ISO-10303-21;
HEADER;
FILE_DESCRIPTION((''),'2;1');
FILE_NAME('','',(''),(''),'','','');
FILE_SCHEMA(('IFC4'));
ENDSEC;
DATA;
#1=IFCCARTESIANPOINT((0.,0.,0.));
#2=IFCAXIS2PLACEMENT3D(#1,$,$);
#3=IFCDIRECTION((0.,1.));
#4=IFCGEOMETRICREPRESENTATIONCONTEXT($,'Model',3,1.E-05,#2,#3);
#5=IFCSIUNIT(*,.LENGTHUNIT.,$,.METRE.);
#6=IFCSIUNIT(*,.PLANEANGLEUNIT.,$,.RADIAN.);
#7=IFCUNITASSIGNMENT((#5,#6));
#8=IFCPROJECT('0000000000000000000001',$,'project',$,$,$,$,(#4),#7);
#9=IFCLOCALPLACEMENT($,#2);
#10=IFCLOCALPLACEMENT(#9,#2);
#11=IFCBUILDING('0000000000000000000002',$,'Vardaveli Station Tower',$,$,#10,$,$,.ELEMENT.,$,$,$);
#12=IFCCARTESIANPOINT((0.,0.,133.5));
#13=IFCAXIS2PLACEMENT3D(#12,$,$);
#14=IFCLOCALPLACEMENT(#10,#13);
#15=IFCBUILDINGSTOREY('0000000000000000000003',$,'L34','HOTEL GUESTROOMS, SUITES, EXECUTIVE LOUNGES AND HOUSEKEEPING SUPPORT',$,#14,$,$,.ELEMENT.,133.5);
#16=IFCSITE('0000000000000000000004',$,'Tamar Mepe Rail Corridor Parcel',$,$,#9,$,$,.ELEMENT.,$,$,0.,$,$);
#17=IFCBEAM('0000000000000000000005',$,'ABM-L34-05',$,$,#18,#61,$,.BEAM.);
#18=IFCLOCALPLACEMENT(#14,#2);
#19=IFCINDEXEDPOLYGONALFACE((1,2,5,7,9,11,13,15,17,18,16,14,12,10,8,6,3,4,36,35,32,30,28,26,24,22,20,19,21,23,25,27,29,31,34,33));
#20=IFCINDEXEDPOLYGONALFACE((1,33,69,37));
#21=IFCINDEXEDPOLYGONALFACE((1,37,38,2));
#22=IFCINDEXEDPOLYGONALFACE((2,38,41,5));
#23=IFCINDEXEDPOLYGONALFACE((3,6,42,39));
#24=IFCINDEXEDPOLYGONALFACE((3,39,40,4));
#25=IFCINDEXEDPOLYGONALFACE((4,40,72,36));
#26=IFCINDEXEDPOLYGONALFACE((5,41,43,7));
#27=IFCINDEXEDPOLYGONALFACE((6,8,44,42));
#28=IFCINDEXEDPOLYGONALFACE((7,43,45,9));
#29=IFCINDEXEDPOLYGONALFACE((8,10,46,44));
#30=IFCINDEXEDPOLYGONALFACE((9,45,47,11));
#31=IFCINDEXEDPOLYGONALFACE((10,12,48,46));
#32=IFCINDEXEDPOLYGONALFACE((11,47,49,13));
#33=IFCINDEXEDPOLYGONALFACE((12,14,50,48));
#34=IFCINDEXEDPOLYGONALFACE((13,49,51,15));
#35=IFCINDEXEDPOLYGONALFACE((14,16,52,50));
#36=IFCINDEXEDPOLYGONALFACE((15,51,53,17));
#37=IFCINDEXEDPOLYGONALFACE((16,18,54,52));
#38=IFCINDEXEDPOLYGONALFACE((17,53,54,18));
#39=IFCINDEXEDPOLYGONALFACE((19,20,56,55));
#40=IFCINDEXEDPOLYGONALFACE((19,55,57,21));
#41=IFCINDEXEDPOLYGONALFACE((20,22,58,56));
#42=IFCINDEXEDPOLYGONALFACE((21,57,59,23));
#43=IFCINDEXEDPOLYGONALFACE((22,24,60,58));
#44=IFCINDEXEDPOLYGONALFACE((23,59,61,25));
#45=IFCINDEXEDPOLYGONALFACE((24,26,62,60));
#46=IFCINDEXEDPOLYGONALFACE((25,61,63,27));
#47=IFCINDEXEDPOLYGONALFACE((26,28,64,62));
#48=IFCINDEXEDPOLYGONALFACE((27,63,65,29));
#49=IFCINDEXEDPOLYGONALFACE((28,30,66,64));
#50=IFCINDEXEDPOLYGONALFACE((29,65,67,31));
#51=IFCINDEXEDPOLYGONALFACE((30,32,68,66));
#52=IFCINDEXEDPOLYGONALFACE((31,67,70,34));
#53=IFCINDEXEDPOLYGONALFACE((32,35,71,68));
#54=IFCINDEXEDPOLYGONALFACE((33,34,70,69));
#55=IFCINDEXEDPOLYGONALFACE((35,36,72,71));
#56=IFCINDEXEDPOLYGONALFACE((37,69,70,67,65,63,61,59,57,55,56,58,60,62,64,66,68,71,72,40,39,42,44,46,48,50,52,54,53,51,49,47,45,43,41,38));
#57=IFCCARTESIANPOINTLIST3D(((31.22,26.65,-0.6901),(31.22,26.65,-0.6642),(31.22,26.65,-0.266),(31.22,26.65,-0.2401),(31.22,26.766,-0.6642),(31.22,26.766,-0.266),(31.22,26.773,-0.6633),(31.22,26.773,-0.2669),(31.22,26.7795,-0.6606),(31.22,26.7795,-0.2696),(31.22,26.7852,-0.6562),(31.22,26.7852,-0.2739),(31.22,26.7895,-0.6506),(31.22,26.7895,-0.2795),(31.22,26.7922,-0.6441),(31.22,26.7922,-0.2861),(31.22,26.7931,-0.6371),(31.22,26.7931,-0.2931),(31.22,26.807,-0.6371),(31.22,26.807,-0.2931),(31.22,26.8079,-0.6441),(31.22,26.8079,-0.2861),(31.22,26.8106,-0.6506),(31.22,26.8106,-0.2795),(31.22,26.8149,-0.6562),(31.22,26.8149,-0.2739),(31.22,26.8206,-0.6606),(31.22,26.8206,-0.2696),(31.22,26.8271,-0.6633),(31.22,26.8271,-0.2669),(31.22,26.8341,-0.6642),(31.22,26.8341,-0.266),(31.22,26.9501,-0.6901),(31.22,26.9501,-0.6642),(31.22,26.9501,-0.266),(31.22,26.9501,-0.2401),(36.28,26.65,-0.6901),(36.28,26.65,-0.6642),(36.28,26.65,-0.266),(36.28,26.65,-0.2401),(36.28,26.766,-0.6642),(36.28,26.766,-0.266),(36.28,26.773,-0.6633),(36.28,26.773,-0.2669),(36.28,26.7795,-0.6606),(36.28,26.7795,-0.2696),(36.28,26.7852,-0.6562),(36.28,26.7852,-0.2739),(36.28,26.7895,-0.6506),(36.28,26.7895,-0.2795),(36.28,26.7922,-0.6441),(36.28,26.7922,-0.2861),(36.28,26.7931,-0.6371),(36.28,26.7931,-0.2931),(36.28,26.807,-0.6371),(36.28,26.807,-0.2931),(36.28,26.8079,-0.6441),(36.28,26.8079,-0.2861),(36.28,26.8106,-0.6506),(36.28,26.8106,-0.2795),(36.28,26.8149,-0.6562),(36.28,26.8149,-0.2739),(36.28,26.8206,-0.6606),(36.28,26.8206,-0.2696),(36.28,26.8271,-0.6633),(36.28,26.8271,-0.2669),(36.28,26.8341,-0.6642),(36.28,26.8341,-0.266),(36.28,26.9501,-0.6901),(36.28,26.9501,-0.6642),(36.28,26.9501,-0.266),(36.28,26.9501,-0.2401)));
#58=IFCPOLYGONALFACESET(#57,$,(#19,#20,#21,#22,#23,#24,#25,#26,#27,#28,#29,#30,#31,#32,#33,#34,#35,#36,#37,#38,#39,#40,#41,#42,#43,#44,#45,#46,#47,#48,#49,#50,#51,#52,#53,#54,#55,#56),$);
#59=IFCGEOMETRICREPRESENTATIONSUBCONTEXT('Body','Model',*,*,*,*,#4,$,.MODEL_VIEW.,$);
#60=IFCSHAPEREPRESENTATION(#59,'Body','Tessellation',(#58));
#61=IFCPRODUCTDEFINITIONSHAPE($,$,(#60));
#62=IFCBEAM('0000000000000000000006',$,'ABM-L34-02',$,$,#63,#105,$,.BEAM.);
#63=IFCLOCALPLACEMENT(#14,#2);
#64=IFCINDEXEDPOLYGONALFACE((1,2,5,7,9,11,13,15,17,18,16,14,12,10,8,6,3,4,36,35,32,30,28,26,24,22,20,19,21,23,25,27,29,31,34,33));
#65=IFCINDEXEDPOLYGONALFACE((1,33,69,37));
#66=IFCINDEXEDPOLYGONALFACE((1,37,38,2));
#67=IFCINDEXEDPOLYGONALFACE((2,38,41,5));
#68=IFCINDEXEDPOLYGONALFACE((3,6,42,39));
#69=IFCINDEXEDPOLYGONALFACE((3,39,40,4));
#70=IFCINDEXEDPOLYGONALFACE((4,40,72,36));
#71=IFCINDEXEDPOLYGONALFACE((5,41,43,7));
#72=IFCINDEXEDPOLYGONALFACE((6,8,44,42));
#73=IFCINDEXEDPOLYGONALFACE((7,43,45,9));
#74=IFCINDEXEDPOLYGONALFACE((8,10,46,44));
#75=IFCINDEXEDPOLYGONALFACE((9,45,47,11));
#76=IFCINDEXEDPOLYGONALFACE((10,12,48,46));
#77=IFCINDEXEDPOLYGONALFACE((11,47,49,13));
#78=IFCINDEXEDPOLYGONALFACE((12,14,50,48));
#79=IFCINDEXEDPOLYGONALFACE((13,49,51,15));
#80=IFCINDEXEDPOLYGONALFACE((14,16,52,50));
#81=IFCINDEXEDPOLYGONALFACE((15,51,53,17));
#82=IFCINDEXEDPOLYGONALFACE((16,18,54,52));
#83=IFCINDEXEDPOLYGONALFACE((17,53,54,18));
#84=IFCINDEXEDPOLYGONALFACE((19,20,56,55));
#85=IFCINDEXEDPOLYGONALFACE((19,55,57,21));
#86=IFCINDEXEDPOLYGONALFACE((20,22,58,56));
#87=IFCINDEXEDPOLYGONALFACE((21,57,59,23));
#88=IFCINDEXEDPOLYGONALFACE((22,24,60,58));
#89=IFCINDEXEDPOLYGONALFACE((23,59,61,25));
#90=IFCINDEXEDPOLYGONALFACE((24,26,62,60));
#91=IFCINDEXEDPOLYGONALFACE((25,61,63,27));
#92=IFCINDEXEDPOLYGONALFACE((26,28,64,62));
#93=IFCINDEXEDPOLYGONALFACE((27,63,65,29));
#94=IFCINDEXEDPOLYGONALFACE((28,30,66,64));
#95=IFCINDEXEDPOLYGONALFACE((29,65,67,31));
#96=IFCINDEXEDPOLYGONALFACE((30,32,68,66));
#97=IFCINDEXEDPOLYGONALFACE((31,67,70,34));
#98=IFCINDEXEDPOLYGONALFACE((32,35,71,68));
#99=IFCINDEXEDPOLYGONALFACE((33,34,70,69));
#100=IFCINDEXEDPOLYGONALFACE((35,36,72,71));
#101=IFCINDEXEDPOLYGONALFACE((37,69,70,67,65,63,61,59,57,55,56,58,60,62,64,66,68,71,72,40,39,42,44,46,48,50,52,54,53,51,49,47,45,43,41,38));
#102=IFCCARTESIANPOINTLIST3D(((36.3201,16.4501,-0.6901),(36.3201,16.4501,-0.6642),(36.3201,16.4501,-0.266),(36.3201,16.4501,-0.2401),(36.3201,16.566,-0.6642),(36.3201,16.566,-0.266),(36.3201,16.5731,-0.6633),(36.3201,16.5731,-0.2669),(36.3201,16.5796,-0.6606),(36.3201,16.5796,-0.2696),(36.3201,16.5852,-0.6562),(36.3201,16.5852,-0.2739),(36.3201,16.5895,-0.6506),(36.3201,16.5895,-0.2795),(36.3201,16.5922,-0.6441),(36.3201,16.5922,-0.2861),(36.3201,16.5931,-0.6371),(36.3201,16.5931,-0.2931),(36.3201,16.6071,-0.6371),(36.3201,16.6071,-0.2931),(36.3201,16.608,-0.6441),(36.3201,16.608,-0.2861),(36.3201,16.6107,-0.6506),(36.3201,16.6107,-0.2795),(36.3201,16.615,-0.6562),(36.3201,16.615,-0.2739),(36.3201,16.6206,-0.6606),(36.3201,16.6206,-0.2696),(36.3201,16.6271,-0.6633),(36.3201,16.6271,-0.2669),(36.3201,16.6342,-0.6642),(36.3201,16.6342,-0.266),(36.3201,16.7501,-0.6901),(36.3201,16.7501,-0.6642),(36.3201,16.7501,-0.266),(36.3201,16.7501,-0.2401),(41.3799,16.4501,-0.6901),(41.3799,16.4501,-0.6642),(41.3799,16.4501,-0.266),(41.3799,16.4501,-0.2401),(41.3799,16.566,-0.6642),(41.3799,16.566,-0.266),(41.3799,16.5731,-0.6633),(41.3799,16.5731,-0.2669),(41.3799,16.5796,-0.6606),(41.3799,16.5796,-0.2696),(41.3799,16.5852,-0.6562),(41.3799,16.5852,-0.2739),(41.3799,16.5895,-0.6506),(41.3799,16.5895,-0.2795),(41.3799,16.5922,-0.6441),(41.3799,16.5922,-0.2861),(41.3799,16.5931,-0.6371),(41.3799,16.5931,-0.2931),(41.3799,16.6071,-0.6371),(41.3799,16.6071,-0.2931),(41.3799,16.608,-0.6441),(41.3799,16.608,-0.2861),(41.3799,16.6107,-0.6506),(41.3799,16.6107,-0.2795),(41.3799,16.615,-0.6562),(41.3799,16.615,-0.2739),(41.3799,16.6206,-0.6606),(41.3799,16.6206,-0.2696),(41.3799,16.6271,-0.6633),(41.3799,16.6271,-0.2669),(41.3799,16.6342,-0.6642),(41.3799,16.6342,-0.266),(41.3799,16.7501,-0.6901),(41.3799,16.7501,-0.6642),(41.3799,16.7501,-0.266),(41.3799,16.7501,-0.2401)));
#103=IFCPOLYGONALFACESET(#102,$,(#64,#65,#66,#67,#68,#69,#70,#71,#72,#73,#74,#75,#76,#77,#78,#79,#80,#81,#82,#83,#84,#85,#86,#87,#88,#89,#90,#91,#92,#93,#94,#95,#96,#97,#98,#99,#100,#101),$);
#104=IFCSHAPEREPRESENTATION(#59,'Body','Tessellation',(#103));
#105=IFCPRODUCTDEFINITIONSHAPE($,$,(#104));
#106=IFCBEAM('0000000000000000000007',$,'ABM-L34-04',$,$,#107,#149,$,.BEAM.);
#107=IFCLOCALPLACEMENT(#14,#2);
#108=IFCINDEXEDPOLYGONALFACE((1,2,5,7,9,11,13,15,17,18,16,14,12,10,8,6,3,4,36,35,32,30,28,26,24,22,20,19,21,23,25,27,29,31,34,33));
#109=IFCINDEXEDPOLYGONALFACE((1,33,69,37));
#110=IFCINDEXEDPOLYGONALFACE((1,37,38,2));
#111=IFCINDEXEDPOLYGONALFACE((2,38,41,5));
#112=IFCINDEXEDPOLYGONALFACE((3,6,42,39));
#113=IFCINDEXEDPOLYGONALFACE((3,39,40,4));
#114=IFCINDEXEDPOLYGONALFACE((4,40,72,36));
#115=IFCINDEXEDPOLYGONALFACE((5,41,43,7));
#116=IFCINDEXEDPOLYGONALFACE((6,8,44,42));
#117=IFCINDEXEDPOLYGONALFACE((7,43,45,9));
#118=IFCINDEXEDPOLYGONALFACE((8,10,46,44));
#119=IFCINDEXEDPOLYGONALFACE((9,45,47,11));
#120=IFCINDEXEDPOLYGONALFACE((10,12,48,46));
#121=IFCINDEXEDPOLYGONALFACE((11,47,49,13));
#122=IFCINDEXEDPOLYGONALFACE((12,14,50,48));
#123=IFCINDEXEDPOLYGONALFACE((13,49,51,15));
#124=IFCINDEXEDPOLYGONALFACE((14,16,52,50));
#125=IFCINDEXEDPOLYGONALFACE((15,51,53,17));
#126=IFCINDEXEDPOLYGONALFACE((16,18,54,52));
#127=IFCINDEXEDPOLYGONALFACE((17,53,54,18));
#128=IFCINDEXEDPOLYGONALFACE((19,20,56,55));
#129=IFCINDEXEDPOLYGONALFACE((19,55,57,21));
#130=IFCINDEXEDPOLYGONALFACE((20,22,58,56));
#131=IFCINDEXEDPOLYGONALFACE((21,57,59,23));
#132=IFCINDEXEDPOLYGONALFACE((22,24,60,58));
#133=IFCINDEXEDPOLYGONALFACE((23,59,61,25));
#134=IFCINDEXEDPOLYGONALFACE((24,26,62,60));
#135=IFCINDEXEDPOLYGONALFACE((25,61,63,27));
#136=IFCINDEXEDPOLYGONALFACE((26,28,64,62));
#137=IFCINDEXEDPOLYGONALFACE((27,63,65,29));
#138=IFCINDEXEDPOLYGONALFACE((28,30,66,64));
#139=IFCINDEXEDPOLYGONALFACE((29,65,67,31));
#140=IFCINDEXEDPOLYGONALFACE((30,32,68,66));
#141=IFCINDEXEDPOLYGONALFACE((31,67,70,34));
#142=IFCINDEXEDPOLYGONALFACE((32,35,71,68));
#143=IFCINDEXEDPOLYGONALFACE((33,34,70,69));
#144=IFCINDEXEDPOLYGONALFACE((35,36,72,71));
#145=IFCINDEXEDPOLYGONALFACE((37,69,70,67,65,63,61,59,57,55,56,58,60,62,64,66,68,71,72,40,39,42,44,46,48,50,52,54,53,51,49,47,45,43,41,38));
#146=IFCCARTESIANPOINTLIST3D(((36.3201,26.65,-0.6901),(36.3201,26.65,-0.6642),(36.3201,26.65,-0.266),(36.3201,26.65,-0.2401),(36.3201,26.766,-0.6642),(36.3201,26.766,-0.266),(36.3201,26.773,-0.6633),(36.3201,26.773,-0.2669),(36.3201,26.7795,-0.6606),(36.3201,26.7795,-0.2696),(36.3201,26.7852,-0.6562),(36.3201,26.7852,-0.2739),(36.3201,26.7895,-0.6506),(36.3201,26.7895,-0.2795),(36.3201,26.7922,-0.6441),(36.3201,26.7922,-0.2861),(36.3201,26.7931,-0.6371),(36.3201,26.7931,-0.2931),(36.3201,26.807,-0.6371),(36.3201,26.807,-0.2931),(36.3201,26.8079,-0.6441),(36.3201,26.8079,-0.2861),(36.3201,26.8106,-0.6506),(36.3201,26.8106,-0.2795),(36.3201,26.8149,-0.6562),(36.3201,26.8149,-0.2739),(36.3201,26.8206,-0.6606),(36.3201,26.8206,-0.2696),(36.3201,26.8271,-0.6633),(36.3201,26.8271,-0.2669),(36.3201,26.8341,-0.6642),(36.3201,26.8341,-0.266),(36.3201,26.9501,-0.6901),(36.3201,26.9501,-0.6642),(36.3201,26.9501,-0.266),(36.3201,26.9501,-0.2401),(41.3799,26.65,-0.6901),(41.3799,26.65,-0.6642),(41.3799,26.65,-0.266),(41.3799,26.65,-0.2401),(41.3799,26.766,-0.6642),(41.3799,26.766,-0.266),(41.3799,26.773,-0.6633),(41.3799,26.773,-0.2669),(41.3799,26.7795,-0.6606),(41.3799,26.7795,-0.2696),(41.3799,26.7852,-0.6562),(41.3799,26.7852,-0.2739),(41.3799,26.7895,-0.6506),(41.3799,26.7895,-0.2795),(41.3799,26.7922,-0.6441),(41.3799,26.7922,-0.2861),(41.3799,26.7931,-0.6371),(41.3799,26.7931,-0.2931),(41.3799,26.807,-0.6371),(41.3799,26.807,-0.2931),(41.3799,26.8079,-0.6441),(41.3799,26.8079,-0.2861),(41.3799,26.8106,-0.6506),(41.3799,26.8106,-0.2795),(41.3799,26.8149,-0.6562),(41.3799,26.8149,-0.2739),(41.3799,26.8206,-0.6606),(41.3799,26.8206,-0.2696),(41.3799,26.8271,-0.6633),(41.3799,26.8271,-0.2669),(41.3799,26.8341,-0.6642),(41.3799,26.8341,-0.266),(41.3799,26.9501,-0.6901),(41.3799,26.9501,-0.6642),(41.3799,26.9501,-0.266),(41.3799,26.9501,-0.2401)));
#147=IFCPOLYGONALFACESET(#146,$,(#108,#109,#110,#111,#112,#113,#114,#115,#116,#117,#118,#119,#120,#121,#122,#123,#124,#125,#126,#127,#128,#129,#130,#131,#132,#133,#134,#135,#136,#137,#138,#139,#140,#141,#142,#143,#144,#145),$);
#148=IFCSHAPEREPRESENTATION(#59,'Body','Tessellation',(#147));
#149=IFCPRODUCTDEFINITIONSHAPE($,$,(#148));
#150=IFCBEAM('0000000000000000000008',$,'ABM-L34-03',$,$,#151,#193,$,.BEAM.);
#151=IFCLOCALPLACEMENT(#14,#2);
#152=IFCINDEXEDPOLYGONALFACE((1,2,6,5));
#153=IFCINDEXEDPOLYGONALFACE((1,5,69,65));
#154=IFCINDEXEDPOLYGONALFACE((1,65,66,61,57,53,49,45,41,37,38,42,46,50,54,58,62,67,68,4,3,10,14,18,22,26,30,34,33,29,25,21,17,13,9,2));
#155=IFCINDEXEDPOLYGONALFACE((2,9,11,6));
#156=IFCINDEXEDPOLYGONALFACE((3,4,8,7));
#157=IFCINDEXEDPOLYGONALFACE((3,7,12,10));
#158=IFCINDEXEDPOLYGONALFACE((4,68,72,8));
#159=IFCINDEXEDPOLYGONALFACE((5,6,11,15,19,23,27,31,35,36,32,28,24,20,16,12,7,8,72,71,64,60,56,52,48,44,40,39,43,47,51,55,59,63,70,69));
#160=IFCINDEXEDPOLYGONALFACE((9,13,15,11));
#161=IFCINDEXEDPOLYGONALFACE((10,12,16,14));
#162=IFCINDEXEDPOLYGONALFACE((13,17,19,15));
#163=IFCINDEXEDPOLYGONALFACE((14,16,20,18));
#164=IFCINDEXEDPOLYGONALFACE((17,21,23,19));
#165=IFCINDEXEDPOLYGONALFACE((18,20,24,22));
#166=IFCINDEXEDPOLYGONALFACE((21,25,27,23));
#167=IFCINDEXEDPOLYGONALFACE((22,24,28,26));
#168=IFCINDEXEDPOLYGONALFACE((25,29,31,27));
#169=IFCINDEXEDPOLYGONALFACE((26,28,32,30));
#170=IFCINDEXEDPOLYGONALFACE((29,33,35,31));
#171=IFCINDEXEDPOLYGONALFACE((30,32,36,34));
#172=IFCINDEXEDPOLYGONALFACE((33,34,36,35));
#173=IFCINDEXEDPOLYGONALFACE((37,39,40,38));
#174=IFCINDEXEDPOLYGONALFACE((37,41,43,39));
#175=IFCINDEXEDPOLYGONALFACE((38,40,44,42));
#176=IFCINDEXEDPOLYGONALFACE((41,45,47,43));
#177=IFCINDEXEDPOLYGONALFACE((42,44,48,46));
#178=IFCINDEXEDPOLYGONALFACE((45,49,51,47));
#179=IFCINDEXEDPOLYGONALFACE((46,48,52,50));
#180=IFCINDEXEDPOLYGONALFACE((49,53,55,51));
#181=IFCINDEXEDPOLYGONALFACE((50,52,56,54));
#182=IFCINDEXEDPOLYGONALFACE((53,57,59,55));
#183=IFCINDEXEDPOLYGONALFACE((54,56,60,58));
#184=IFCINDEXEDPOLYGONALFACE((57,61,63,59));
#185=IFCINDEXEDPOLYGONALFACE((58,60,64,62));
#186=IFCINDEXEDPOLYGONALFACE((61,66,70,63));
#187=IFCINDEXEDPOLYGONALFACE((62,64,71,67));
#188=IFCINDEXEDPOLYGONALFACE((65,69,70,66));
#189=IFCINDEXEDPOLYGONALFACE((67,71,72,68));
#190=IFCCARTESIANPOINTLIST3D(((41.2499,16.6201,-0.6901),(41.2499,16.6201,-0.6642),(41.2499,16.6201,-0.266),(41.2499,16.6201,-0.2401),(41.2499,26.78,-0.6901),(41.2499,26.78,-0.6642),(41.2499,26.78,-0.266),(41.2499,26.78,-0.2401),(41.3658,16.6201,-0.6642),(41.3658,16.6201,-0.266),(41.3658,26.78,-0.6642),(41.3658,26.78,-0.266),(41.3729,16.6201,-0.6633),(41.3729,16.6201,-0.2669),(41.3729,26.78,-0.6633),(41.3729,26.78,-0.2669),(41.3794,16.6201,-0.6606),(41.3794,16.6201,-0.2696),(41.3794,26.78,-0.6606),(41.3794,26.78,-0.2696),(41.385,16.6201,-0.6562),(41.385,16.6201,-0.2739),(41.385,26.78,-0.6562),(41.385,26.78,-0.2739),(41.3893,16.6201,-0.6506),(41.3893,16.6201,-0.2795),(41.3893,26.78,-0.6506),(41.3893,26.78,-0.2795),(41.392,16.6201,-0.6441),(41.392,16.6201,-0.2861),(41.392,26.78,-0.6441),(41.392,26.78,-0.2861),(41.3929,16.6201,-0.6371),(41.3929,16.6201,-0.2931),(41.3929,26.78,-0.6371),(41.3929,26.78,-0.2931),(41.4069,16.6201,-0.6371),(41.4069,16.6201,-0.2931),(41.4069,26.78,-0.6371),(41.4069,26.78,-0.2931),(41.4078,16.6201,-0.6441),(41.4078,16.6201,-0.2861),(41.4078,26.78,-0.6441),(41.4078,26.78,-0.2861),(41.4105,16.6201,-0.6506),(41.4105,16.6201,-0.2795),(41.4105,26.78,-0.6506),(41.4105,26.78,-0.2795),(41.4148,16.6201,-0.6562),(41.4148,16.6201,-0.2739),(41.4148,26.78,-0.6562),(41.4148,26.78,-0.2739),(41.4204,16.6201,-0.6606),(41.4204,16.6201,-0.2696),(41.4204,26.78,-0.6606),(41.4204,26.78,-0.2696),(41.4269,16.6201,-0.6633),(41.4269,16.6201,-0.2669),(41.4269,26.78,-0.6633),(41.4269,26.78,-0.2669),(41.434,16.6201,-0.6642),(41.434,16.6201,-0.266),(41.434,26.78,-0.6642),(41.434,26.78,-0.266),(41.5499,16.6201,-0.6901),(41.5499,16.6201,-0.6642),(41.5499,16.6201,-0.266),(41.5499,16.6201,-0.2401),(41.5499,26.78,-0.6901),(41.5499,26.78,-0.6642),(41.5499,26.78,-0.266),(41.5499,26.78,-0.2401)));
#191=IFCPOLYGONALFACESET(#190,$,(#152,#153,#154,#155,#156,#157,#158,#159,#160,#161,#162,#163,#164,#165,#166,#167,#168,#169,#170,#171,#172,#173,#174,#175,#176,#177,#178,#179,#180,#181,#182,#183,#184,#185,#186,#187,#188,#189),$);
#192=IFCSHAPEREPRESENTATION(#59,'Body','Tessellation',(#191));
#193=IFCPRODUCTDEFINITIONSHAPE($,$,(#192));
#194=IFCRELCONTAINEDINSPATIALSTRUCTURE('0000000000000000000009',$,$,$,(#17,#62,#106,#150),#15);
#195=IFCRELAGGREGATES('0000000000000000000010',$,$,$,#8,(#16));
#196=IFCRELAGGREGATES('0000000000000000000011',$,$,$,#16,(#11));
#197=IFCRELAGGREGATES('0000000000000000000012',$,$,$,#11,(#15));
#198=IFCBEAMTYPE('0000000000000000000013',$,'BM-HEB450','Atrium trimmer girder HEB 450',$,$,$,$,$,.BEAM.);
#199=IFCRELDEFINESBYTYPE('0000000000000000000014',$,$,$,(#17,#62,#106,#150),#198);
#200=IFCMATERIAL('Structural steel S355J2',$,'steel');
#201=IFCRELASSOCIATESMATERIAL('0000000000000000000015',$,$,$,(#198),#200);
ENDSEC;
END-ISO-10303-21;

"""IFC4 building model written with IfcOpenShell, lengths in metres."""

from ifc_helpers import new_model, si_unit, direction, frame, origin, origin_2d, place, context, subcontext, project, spatial, i_section, extrude, source, transform, mapped, material, material_profile, profile_set, type_object, element, save


model = new_model("IFC4")

# Units and contexts
model_context = context("Model", 3, precision=1e-05, world=origin(), true_north=direction((0.0, 1.0)))
body_context = subcontext(model_context, "Body", "Model", "MODEL_VIEW")
ifc_project = project(units=[si_unit("LENGTHUNIT", "METRE"), si_unit("PLANEANGLEUNIT", "RADIAN")], contexts=[model_context])

# Site, building, storey
site_placement = place(None, origin())
site = spatial("IfcSite", under=ifc_project, at=site_placement, Name="Tamar Mepe Rail Corridor Parcel", CompositionType="ELEMENT", RefElevation=0.0)
building_placement = place(site_placement, origin())
building = spatial("IfcBuilding", under=site, at=building_placement, Name="Vardaveli Station Tower", CompositionType="ELEMENT")
storey_placement = place(building_placement, frame((0.0, 0.0, 133.5)))
storey = spatial("IfcBuildingStorey", under=building, at=storey_placement, Name="L34", Description="HOTEL GUESTROOMS, SUITES, EXECUTIVE LOUNGES AND HOUSEKEEPING SUPPORT", CompositionType="ELEMENT", Elevation=133.5)

# Beams
ifc_material_1 = material(Name="Structural steel S355J2", Category="steel")
ifc_material_profile_1 = material_profile(ifc_material_1, i_section(OverallWidth=0.3, OverallDepth=0.45, WebThickness=0.0139, FlangeThickness=0.0259, FilletRadius=0.0271, at=origin_2d()), Name="HEB 450")
ifc_profile_set_1 = profile_set([ifc_material_profile_1], Name="Structural steel S355J2")
beam_type_1 = type_object("IfcBeamType", Name="BM-HEB450", Description="Atrium trimmer girder HEB 450", PredefinedType="BEAM", material=ifc_profile_set_1)
shared_shape_1 = source(origin(), body_context, "Body", "SweptSolid", [
    extrude(i_section(OverallWidth=0.3, OverallDepth=0.45, WebThickness=0.0139, FlangeThickness=0.0259, FilletRadius=0.0271, at=origin_2d()), origin(), (0.0, 0.0, 1.0), 5.0601),
])
beam_1_placement = place(storey_placement, frame((36.28, 26.8, -0.4651), z_axis=(-1.0, 0.0, 0.0), x_axis=(0.0, -1.0, 0.0)))
element("IfcBeam", 1, at=beam_1_placement, inside=storey, type_object=beam_type_1, Name="ABM-L34-05", PredefinedType="BEAM", context=body_context, shape_type="MappedRepresentation", body=[
    mapped(shared_shape_1, transform((0.0, 0.0, 0.0), scale=1.0)),
])
shared_shape_2 = source(origin(), body_context, "Body", "SweptSolid", [
    extrude(i_section(OverallWidth=0.3, OverallDepth=0.45, WebThickness=0.0139, FlangeThickness=0.0259, FilletRadius=0.0271, at=origin_2d()), origin(), (0.0, 0.0, 1.0), 5.0598),
])
for number, where, z_axis, x_axis, name in (
    (2, (36.3201, 16.6001, -0.4651), (1.0, 0.0, 0.0), (0.0, 1.0, 0.0), "ABM-L34-02"),
    (3, (41.3799, 26.8, -0.4651), (-1.0, 0.0, 0.0), (0.0, -1.0, 0.0), "ABM-L34-04"),
):
    element("IfcBeam", number, at=place(storey_placement, frame(where, z_axis=z_axis, x_axis=x_axis)), inside=storey, type_object=beam_type_1, Name=name, PredefinedType="BEAM", context=body_context, shape_type="MappedRepresentation", body=[
        mapped(shared_shape_2, transform((0.0, 0.0, 0.0), scale=1.0)),
    ])
shared_shape_3 = source(origin(), body_context, "Body", "SweptSolid", [
    extrude(i_section(OverallWidth=0.3, OverallDepth=0.45, WebThickness=0.0139, FlangeThickness=0.0259, FilletRadius=0.0271, at=origin_2d()), origin(), (0.0, 0.0, 1.0), 10.1599),
])
for number, where, z_axis, x_axis, name in (
    (4, (41.3999, 16.6201, -0.4651), (0.0, 1.0, 0.0), (-1.0, 0.0, 0.0), "ABM-L34-03"),
):
    element("IfcBeam", number, at=place(storey_placement, frame(where, z_axis=z_axis, x_axis=x_axis)), inside=storey, type_object=beam_type_1, Name=name, PredefinedType="BEAM", context=body_context, shape_type="MappedRepresentation", body=[
        mapped(shared_shape_3, transform((0.0, 0.0, 0.0), scale=1.0)),
    ])

save(model, "model.ifc")
